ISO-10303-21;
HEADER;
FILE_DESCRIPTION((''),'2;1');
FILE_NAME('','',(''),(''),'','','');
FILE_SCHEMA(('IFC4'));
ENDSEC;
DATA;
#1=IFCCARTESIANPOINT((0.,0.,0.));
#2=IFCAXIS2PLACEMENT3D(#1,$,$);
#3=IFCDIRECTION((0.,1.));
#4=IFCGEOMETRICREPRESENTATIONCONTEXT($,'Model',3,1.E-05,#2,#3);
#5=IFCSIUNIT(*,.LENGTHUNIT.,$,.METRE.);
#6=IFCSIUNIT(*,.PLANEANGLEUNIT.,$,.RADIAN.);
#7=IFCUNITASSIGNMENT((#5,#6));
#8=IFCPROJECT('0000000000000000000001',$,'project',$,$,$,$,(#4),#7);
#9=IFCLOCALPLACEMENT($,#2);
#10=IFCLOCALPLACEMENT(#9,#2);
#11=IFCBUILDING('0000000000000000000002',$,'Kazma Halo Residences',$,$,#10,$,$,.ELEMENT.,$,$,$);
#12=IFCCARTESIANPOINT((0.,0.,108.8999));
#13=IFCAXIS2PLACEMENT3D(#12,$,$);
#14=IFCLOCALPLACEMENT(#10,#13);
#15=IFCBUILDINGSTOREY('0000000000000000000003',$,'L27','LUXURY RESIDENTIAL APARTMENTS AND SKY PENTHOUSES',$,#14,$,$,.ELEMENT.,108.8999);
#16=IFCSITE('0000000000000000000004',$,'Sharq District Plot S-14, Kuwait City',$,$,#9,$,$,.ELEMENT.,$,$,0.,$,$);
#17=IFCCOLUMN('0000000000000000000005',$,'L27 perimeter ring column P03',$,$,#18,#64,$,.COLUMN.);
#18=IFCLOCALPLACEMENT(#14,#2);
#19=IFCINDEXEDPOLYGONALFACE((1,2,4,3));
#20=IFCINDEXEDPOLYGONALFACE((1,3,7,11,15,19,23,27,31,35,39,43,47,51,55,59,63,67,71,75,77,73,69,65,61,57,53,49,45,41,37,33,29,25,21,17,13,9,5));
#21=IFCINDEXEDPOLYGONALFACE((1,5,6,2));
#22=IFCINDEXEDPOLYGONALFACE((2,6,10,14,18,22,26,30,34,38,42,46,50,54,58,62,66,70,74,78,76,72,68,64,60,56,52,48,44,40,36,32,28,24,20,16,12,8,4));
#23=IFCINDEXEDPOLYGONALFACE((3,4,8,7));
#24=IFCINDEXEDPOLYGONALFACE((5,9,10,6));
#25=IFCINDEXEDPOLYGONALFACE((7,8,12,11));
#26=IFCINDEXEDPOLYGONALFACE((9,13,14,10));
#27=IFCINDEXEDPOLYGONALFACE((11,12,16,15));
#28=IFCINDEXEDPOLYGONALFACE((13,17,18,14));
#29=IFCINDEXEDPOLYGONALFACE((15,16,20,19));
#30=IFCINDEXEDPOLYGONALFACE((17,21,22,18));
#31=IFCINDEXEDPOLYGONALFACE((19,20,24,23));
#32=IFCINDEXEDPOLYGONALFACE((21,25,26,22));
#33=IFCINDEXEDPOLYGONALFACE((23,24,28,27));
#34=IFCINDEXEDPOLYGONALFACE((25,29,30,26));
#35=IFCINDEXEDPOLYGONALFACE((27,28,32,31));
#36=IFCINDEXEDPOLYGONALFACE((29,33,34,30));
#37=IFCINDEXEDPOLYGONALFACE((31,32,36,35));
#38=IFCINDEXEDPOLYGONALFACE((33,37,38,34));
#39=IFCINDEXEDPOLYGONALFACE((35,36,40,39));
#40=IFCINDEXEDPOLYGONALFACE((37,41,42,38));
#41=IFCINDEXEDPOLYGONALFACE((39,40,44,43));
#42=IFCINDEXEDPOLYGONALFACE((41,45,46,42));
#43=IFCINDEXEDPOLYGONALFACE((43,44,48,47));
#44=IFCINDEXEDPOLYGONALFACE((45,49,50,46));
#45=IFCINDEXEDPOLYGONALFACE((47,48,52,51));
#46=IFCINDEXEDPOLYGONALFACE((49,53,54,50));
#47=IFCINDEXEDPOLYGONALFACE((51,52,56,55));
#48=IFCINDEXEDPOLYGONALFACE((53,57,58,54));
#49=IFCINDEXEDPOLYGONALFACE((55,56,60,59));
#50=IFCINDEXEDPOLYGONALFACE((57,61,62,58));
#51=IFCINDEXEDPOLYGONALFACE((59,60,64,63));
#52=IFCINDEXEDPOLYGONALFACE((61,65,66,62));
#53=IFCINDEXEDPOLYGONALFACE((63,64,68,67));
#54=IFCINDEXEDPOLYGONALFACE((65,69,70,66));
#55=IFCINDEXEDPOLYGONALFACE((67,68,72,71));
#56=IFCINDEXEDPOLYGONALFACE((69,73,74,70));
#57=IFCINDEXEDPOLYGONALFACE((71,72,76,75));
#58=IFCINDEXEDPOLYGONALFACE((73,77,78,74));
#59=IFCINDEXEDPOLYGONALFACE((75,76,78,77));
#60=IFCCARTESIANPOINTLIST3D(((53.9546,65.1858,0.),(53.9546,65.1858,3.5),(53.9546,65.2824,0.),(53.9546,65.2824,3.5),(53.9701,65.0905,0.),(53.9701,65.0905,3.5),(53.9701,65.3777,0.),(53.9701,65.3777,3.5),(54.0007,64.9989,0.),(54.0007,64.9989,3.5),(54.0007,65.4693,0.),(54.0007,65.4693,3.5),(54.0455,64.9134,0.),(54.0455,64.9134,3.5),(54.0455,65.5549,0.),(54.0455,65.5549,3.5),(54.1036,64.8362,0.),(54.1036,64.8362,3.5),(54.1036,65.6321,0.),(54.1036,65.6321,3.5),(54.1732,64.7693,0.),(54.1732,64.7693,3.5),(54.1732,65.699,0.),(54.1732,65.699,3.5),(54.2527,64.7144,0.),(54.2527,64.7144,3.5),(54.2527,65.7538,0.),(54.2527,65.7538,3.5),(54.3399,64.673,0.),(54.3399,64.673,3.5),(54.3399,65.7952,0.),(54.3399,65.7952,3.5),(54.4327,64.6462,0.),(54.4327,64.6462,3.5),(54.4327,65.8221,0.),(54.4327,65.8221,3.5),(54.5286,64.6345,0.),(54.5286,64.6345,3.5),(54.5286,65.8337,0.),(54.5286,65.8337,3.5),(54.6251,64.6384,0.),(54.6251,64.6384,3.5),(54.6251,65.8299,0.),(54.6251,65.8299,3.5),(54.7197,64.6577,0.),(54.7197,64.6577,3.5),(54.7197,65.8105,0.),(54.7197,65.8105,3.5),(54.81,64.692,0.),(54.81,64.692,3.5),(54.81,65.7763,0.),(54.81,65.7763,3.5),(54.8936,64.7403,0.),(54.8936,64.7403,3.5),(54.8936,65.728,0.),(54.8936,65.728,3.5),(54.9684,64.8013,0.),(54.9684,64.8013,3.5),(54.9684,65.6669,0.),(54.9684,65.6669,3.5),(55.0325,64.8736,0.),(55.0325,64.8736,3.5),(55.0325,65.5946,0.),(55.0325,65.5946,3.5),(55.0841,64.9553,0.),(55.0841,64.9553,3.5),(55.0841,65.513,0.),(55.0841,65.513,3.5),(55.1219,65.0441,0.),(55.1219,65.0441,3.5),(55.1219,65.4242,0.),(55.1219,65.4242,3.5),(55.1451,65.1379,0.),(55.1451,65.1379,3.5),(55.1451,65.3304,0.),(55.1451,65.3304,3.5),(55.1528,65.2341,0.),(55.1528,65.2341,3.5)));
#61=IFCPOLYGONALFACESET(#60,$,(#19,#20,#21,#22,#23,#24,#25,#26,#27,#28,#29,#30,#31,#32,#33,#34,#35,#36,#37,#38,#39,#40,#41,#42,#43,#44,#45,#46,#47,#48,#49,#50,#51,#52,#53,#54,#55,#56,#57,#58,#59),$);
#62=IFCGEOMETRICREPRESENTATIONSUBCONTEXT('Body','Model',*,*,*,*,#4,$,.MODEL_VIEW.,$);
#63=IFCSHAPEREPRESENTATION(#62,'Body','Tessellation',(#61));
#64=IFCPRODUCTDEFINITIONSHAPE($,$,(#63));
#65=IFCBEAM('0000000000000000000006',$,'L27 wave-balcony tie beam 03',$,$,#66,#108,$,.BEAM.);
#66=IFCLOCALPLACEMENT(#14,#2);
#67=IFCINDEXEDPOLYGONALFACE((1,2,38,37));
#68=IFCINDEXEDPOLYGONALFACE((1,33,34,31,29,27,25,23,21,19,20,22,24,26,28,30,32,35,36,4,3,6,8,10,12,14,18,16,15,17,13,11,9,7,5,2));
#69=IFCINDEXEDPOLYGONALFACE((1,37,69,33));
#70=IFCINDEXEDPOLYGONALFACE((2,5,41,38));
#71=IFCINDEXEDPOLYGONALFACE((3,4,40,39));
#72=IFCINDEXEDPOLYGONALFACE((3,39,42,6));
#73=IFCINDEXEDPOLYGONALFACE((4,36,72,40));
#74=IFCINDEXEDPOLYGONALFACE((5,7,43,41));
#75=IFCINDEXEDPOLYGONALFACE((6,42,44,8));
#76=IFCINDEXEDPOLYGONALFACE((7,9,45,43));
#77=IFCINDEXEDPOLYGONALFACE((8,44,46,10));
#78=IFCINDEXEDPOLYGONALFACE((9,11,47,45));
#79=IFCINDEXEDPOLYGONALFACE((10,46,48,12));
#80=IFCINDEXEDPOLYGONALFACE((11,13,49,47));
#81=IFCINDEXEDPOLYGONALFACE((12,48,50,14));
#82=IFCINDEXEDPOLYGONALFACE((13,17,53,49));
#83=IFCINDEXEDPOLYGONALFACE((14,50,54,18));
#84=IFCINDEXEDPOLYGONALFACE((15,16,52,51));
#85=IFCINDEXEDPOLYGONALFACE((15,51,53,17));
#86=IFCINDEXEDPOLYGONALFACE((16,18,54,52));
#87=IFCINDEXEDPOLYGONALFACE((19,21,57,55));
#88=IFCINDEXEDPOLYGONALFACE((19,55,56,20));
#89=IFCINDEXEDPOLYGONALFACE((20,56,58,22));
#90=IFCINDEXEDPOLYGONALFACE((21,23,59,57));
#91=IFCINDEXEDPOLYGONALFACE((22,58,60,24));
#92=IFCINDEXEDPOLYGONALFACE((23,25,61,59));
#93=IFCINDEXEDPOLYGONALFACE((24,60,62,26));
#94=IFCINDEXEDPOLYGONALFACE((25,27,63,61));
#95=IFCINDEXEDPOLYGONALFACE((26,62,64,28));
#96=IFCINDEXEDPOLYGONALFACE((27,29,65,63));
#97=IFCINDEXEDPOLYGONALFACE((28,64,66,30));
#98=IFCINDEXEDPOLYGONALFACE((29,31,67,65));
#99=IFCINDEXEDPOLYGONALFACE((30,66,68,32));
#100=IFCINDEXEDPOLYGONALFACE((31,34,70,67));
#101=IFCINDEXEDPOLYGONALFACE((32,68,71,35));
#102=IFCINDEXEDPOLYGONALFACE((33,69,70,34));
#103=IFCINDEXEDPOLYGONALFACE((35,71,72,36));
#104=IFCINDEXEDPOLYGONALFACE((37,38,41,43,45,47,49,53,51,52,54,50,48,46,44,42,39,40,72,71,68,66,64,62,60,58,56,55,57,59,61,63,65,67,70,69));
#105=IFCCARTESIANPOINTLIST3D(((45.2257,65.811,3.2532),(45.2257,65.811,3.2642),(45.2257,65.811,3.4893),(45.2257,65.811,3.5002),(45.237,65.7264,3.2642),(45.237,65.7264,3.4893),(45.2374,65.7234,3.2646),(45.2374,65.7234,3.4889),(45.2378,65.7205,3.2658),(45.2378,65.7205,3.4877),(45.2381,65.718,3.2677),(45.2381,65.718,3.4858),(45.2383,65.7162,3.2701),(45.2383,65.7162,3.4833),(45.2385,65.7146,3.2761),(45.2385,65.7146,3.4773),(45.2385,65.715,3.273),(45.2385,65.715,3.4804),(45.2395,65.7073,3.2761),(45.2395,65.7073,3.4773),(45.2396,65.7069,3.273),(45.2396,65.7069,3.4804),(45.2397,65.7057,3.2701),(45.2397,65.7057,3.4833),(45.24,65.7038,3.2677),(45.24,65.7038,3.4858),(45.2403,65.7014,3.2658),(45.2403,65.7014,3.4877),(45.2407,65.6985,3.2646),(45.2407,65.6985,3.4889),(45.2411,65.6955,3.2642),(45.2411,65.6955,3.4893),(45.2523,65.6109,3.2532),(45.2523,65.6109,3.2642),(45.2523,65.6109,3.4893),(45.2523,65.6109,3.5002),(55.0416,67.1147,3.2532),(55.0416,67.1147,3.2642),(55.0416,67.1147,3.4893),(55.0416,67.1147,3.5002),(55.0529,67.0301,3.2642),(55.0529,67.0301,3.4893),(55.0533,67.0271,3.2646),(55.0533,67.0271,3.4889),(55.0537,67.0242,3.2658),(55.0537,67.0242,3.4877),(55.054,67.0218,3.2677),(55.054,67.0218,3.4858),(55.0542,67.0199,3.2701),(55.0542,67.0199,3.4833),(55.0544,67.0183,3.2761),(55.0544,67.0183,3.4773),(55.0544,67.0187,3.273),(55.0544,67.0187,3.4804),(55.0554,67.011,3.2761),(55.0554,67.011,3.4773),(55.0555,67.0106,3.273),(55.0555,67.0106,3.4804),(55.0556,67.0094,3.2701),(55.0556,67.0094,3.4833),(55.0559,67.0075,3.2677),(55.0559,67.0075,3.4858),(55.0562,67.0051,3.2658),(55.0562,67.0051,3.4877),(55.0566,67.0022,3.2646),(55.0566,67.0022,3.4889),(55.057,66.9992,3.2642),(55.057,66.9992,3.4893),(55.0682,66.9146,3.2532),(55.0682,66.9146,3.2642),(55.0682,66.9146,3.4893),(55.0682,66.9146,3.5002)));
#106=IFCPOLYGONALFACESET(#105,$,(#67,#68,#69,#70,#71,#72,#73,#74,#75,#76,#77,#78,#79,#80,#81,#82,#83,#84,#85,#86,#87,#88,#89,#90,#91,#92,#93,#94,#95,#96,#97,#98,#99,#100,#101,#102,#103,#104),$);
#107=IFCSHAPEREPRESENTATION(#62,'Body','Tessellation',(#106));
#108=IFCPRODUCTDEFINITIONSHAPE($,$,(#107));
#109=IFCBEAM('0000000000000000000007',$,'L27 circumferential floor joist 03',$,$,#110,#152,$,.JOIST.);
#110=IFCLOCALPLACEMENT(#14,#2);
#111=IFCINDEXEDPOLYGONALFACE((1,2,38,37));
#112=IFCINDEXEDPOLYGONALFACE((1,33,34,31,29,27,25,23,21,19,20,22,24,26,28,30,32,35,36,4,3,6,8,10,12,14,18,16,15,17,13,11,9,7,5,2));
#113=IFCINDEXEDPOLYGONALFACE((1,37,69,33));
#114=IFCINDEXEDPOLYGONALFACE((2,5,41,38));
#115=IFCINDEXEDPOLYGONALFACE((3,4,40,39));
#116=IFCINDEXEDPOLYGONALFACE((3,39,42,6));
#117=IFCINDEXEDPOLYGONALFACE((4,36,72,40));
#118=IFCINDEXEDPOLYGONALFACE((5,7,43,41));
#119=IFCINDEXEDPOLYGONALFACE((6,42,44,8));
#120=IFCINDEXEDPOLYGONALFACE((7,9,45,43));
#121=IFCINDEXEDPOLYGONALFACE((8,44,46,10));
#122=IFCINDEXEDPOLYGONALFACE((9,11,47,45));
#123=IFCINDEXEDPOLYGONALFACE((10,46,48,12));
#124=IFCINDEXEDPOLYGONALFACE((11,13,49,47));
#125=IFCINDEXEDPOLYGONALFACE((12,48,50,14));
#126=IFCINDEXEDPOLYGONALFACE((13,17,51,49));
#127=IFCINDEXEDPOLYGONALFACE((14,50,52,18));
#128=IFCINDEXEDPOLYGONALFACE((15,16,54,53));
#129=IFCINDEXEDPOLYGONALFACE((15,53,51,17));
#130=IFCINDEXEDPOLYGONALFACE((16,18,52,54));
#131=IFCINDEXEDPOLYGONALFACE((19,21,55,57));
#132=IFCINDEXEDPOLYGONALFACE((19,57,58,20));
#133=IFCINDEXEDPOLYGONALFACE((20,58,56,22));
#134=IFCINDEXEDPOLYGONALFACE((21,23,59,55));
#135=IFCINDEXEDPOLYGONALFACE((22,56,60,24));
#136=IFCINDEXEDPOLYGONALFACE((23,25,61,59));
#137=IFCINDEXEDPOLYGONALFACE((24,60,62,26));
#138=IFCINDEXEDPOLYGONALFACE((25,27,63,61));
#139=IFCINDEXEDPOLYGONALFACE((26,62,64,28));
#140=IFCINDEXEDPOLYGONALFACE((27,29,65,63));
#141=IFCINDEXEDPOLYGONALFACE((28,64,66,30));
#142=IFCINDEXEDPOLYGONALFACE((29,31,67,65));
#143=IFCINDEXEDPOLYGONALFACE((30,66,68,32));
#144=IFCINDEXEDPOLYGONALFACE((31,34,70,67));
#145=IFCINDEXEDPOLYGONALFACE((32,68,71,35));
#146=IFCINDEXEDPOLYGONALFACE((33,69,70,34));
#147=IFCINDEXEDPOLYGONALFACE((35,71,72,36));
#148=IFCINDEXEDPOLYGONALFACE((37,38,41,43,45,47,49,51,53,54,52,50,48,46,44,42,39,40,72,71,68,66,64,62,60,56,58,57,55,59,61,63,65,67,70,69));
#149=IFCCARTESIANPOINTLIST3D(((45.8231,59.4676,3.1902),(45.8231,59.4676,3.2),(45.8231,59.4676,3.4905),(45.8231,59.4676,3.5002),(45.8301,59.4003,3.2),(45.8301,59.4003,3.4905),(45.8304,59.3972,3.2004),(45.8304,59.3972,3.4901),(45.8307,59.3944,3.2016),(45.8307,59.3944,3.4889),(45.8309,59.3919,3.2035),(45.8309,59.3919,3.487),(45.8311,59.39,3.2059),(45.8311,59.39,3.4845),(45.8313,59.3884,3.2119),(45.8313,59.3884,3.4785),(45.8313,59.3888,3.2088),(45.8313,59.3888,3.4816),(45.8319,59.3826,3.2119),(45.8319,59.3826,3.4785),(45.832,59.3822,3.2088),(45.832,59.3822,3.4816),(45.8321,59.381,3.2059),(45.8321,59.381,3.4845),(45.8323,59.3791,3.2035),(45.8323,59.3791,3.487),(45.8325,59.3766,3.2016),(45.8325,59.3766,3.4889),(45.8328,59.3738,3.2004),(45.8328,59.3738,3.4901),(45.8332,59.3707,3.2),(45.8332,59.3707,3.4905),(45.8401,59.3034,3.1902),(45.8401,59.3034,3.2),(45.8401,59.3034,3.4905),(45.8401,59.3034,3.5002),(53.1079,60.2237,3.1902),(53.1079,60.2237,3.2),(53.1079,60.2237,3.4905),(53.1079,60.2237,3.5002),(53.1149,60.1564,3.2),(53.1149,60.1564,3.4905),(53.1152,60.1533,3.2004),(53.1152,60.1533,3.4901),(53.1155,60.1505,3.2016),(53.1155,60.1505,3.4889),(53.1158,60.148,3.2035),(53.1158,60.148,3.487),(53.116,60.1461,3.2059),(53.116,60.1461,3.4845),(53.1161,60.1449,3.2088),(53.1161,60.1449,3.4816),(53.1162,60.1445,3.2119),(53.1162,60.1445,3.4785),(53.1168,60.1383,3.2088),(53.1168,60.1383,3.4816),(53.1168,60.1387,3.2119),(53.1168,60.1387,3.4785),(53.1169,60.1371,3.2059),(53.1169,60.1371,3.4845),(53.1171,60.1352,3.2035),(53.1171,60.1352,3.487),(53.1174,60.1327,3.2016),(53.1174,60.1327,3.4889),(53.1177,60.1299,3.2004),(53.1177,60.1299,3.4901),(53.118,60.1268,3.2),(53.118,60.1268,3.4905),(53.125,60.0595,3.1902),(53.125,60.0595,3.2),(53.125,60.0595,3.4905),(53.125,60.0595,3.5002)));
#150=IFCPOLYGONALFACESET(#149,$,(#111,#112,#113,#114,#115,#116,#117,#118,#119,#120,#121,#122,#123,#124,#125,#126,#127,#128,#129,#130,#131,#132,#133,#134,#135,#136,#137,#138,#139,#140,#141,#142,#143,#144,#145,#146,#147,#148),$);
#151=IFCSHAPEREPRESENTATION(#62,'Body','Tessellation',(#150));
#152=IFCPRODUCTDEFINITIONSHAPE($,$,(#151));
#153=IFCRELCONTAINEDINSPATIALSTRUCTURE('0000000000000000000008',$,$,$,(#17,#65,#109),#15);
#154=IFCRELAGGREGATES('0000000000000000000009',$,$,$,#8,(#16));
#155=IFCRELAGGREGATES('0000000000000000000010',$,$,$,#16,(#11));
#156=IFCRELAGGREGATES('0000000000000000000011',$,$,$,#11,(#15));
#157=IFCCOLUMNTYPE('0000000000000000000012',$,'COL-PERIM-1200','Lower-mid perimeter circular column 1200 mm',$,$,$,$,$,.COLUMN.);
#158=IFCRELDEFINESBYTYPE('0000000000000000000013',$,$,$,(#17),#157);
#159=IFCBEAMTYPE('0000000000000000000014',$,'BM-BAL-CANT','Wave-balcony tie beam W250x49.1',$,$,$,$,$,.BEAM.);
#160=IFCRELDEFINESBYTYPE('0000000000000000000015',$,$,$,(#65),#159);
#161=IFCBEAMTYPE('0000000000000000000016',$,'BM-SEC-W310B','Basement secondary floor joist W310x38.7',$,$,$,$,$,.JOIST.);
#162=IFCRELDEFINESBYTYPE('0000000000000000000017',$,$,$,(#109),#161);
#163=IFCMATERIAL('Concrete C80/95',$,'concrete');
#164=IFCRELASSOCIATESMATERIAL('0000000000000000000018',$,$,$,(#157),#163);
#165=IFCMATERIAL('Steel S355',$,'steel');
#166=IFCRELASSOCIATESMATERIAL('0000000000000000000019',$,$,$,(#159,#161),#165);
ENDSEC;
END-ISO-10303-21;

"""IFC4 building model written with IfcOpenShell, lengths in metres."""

from ifc_helpers import new_model, si_unit, direction, frame, origin, origin_2d, place, context, subcontext, project, spatial, circle, i_section, extrude, material, material_profile, profile_set, type_object, element, save


model = new_model("IFC4")

# Units and contexts
model_context = context("Model", 3, precision=1e-05, world=origin(), true_north=direction((0.0, 1.0)))
body_context = subcontext(model_context, "Body", "Model", "MODEL_VIEW")
ifc_project = project(units=[si_unit("LENGTHUNIT", "METRE"), si_unit("PLANEANGLEUNIT", "RADIAN")], contexts=[model_context])

# Site, building, storey
site_placement = place(None, origin())
site = spatial("IfcSite", under=ifc_project, at=site_placement, Name="Sharq District Plot S-14, Kuwait City", CompositionType="ELEMENT", RefElevation=0.0)
building_placement = place(site_placement, origin())
building = spatial("IfcBuilding", under=site, at=building_placement, Name="Kazma Halo Residences", CompositionType="ELEMENT")
storey_placement = place(building_placement, frame((0.0, 0.0, 108.8999)))
storey = spatial("IfcBuildingStorey", under=building, at=storey_placement, Name="L27", Description="LUXURY RESIDENTIAL APARTMENTS AND SKY PENTHOUSES", CompositionType="ELEMENT", Elevation=108.8999)

# Column
ifc_material_1 = material(Name="Concrete C80/95", Category="concrete")
ifc_material_profile_1 = material_profile(ifc_material_1, circle(Radius=0.6001, at=origin_2d()), Name="CIRC1200")
ifc_profile_set_1 = profile_set([ifc_material_profile_1], Name="Concrete C80/95")
column_type = type_object("IfcColumnType", Name="COL-PERIM-1200", Description="Lower-mid perimeter circular column 1200 mm", PredefinedType="COLUMN", material=ifc_profile_set_1)
column_placement = place(storey_placement, frame((54.5527, 65.2341, 0.0), z_axis=(0.0, 0.0, 1.0), x_axis=(1.0, 0.0, 0.0)))
element("IfcColumn", 1, at=column_placement, inside=storey, type_object=column_type, Name="L27 perimeter ring column P03", PredefinedType="COLUMN", context=body_context, shape_type="SweptSolid", body=[
    extrude(circle(Radius=0.6001, at=origin_2d()), origin(), (0.0, 0.0, 1.0), 3.5),
])

# Beams
ifc_material_2 = material(Name="Steel S355", Category="steel")
ifc_material_profile_2 = material_profile(ifc_material_2, i_section(OverallWidth=0.2019, OverallDepth=0.2471, WebThickness=0.0073, FlangeThickness=0.011, FilletRadius=0.012, at=origin_2d()), Name="W250x49.1")
ifc_profile_set_2 = profile_set([ifc_material_profile_2], Name="Steel S355")
beam_type_1 = type_object("IfcBeamType", Name="BM-BAL-CANT", Description="Wave-balcony tie beam W250x49.1", PredefinedType="BEAM", material=ifc_profile_set_2)
beam_1_placement = place(storey_placement, frame((55.0549, 67.0146, 3.3767), z_axis=(-0.991295, -0.13166, 0.0), x_axis=(0.13166, -0.991295, 0.0)))
element("IfcBeam", 2, at=beam_1_placement, inside=storey, type_object=beam_type_1, Name="L27 wave-balcony tie beam 03", PredefinedType="BEAM", context=body_context, shape_type="SweptSolid", body=[
    extrude(i_section(OverallWidth=0.2019, OverallDepth=0.2471, WebThickness=0.0073, FlangeThickness=0.011, FilletRadius=0.012, at=origin_2d()), origin(), (0.0, 0.0, 1.0), 9.9021),
])
ifc_material_profile_3 = material_profile(ifc_material_2, i_section(OverallWidth=0.165, OverallDepth=0.3101, WebThickness=0.0059, FlangeThickness=0.0098, FilletRadius=0.012, at=origin_2d()), Name="W310x38.7")
ifc_profile_set_3 = profile_set([ifc_material_profile_3], Name="Steel S355")
beam_type_2 = type_object("IfcBeamType", Name="BM-SEC-W310B", Description="Basement secondary floor joist W310x38.7", PredefinedType="JOIST", material=ifc_profile_set_3)
beam_2_placement = place(storey_placement, frame((53.1165, 60.1416, 3.3452), z_axis=(-0.994657, -0.103236, 0.0), x_axis=(0.103236, -0.994657, 0.0)))
element("IfcBeam", 3, at=beam_2_placement, inside=storey, type_object=beam_type_2, Name="L27 circumferential floor joist 03", PredefinedType="JOIST", context=body_context, shape_type="SweptSolid", body=[
    extrude(i_section(OverallWidth=0.165, OverallDepth=0.3101, WebThickness=0.0059, FlangeThickness=0.0098, FilletRadius=0.012, at=origin_2d()), origin(), (0.0, 0.0, 1.0), 7.324),
])

save(model, "model.ifc")
